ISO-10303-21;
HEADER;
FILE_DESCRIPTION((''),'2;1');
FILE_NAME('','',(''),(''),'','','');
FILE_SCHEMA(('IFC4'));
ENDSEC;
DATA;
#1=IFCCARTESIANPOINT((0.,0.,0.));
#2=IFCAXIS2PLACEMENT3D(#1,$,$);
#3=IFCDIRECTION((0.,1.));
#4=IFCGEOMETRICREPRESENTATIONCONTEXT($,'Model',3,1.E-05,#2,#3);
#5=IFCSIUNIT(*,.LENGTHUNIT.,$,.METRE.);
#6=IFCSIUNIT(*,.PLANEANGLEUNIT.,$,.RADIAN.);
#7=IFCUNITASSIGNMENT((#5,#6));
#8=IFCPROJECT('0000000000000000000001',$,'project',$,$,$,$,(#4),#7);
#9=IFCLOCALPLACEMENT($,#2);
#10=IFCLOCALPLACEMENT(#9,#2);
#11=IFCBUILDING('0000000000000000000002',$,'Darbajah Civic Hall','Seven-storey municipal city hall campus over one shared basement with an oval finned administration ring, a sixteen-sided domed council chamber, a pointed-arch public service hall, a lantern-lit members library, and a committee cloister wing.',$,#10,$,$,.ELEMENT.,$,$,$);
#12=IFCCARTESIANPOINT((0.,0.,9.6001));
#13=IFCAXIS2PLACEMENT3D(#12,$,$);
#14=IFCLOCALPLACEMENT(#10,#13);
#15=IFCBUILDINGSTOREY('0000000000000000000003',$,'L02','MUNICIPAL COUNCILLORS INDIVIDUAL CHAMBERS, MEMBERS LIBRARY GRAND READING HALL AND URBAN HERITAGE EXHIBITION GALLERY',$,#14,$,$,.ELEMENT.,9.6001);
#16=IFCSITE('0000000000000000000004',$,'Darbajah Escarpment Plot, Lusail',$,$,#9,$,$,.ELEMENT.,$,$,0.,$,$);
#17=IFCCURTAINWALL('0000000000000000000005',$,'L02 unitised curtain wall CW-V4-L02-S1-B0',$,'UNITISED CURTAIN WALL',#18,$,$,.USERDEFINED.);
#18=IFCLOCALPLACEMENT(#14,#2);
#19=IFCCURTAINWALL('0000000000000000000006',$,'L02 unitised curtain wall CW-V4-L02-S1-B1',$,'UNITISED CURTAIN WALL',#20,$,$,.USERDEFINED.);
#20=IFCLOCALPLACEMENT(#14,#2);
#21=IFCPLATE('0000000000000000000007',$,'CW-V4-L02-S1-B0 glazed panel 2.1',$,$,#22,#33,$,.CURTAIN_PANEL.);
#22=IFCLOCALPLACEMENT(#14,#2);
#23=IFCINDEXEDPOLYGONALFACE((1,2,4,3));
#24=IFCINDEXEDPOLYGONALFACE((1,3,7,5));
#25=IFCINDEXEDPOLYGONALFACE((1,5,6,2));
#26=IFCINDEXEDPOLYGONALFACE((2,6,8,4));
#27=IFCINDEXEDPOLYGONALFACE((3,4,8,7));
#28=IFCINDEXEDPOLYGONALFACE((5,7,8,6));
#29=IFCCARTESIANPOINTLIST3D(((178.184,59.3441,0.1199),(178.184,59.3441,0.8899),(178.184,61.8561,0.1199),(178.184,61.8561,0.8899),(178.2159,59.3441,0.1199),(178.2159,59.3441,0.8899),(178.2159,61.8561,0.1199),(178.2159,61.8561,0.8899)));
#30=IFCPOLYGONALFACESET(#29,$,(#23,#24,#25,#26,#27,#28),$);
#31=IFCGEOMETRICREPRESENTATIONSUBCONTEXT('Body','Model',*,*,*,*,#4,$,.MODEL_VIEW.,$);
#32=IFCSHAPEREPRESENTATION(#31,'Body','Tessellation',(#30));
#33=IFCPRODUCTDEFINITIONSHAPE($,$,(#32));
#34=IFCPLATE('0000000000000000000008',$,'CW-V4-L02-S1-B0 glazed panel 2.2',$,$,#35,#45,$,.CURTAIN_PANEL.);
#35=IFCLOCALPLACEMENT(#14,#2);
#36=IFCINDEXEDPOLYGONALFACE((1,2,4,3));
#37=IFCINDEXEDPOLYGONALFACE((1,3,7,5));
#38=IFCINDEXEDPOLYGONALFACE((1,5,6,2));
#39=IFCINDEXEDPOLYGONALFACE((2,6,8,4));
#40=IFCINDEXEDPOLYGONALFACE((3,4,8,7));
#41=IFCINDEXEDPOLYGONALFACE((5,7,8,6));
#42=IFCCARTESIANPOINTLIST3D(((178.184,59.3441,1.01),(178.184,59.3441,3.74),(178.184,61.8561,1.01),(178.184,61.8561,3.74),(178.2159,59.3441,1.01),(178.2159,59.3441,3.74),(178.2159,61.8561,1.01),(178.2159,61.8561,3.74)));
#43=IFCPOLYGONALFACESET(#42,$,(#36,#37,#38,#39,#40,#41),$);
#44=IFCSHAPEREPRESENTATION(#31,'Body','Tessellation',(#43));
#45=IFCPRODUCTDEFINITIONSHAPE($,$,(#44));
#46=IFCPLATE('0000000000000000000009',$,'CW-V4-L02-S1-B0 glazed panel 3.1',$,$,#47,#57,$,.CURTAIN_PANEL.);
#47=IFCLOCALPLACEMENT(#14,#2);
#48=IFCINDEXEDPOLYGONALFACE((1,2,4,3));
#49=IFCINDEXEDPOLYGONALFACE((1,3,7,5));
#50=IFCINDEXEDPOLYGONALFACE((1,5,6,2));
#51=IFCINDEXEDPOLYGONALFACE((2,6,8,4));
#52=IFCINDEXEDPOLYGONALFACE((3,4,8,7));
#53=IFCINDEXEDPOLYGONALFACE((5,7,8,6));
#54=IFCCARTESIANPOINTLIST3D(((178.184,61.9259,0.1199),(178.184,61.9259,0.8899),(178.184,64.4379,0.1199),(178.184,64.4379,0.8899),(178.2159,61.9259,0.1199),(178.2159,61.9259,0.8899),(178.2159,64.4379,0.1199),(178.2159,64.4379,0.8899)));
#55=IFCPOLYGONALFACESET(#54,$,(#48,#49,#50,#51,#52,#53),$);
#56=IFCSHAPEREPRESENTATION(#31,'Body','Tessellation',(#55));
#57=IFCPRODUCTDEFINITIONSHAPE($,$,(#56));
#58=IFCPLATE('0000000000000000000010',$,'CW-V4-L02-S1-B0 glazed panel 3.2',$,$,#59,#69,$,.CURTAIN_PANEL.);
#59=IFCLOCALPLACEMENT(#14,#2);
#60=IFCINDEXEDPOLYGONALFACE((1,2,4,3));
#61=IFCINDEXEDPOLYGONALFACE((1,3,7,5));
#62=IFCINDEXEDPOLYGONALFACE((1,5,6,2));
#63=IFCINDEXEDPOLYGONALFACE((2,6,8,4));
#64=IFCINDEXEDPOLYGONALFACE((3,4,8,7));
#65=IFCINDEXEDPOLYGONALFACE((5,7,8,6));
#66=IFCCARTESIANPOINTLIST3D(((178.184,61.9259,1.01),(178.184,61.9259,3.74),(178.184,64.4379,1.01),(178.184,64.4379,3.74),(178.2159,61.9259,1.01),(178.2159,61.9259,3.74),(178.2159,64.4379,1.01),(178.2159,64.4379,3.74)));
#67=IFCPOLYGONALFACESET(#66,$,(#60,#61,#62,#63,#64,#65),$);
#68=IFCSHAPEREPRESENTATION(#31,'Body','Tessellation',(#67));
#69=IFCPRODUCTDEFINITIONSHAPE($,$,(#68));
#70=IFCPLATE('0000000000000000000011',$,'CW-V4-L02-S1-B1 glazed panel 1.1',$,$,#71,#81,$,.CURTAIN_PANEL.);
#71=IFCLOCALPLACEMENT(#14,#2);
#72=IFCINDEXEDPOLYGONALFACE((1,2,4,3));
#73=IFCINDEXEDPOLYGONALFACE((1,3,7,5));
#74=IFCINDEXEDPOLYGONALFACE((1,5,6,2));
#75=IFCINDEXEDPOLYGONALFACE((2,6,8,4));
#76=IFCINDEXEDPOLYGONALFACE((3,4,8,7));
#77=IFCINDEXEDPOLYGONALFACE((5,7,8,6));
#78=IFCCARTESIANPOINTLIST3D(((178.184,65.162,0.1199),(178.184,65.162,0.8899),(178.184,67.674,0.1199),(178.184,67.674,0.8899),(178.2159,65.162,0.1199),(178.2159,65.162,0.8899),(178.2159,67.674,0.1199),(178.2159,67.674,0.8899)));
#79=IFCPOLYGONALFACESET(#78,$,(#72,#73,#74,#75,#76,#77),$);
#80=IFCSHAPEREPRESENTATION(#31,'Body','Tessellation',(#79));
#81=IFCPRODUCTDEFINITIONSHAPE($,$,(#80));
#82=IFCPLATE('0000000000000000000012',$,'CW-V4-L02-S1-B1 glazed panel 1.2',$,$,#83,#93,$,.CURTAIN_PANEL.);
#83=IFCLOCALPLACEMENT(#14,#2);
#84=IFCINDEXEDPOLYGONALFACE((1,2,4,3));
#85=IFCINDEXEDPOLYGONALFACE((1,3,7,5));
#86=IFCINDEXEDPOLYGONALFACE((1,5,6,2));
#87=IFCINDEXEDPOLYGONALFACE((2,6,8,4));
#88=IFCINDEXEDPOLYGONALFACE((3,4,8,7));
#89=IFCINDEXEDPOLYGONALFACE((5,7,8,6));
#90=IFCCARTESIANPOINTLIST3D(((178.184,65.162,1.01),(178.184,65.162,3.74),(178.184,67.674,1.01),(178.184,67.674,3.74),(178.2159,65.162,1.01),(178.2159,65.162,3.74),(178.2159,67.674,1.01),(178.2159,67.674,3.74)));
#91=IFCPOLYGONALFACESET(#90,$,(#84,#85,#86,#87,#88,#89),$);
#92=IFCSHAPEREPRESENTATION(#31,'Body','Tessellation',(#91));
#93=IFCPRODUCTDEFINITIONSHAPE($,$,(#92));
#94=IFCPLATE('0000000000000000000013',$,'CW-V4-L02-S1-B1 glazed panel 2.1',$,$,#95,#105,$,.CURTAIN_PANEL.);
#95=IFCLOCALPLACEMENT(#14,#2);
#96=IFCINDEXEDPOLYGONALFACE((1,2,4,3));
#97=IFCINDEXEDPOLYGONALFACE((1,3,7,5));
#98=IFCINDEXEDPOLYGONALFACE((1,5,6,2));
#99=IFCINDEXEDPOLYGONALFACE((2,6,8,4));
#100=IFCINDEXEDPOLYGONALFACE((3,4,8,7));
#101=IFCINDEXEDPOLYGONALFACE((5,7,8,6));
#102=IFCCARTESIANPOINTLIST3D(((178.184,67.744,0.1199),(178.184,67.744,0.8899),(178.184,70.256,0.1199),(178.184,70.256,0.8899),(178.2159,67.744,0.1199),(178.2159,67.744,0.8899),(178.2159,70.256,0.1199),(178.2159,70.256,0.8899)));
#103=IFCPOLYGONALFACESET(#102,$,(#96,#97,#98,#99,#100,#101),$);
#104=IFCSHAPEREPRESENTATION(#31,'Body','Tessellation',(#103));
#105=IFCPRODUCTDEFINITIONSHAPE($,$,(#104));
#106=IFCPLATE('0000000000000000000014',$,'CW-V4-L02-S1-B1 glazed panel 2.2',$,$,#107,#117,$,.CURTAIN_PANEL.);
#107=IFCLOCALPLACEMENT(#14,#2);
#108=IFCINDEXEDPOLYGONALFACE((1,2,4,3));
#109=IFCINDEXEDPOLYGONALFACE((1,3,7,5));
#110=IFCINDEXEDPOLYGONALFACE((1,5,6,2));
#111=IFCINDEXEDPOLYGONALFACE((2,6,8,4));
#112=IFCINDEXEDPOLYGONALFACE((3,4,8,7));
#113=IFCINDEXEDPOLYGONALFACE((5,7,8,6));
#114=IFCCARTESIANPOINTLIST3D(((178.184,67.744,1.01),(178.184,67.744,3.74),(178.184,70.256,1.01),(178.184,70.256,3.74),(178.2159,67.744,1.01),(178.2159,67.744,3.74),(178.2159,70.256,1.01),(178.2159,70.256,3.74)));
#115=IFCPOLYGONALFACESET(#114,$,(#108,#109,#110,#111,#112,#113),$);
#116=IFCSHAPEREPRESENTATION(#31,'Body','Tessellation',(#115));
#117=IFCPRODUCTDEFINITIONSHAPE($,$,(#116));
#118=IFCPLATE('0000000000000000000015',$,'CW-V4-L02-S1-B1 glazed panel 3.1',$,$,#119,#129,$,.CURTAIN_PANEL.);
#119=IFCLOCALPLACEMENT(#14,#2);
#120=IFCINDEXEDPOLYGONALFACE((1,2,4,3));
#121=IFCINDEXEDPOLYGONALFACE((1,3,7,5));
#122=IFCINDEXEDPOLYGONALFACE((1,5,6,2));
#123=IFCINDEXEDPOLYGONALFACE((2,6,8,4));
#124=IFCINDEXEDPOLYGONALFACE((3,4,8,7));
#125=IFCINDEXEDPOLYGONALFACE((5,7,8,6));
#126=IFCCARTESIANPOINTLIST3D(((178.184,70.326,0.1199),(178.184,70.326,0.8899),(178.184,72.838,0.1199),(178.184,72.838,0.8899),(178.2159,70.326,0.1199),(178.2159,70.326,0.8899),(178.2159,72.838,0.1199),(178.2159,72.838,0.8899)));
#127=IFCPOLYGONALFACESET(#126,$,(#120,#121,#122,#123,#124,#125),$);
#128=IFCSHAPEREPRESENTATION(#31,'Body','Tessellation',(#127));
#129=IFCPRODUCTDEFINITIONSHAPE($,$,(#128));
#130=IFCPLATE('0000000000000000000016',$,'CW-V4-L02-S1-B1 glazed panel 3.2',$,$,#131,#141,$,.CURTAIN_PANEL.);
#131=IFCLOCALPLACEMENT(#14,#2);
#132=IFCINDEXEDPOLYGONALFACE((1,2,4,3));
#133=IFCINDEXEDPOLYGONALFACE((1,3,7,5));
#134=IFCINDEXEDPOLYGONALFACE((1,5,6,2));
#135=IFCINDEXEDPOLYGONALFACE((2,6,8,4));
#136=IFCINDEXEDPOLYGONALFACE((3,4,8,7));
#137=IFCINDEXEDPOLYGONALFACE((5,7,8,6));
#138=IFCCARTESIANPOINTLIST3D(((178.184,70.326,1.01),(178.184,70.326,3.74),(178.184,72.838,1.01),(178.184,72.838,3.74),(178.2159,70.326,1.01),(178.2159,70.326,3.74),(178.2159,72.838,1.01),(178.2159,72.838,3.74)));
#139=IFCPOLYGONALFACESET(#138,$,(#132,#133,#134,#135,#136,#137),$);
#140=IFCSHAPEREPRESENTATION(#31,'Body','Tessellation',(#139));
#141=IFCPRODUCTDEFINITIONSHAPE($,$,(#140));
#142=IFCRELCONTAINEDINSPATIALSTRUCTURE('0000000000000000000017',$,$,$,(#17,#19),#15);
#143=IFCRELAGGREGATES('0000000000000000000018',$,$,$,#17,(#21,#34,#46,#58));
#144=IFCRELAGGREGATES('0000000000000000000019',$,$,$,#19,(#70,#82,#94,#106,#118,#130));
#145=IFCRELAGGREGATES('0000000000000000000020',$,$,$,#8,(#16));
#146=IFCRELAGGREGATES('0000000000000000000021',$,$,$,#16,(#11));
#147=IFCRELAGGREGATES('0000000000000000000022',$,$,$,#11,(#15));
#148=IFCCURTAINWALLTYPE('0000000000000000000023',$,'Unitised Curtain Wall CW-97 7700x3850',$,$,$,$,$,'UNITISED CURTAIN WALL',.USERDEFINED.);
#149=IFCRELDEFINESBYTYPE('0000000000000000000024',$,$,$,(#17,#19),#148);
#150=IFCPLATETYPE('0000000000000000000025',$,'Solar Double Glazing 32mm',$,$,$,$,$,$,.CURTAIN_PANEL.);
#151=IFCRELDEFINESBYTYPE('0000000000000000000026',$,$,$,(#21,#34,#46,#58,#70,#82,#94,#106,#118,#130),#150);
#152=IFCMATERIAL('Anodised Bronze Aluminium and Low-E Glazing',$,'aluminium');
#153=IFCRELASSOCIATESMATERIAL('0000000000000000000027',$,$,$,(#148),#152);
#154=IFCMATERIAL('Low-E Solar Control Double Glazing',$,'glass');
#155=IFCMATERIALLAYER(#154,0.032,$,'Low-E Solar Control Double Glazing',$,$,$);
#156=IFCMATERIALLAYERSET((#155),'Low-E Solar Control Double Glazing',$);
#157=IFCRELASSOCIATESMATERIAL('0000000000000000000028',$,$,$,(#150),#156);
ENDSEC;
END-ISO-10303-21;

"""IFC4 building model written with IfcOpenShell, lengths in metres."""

from ifc_helpers import new_model, si_unit, direction, frame, origin, origin_2d, place, context, subcontext, project, spatial, rectangle, extrude, material, layer, layer_set, type_object, element, aggregate, save


model = new_model("IFC4")

# Units and contexts
model_context = context("Model", 3, precision=1e-05, world=origin(), true_north=direction((0.0, 1.0)))
body_context = subcontext(model_context, "Body", "Model", "MODEL_VIEW")
ifc_project = project(units=[si_unit("LENGTHUNIT", "METRE"), si_unit("PLANEANGLEUNIT", "RADIAN")], contexts=[model_context])

# Site, building, storey
site_placement = place(None, origin())
site = spatial("IfcSite", under=ifc_project, at=site_placement, Name="Darbajah Escarpment Plot, Lusail", CompositionType="ELEMENT", RefElevation=0.0)
building_placement = place(site_placement, origin())
building = spatial("IfcBuilding", under=site, at=building_placement, Name="Darbajah Civic Hall", Description="Seven-storey municipal city hall campus over one shared basement with an oval finned administration ring, a sixteen-sided domed council chamber, a pointed-arch public service hall, a lantern-lit members library, and a committee cloister wing.", CompositionType="ELEMENT")
storey_placement = place(building_placement, frame((0.0, 0.0, 9.6001)))
storey = spatial("IfcBuildingStorey", under=building, at=storey_placement, Name="L02", Description="MUNICIPAL COUNCILLORS INDIVIDUAL CHAMBERS, MEMBERS LIBRARY GRAND READING HALL AND URBAN HERITAGE EXHIBITION GALLERY", CompositionType="ELEMENT", Elevation=9.6001)

# Curtain walls
ifc_material_1 = material(Name="Anodised Bronze Aluminium and Low-E Glazing", Category="aluminium")
curtain_wall_type = type_object("IfcCurtainWallType", Name="Unitised Curtain Wall CW-97 7700x3850", ElementType="UNITISED CURTAIN WALL", PredefinedType="USERDEFINED", material=ifc_material_1)
curtain_wall_1_placement = place(storey_placement, origin())
curtain_wall_1 = element("IfcCurtainWall", 1, at=curtain_wall_1_placement, inside=storey, type_object=curtain_wall_type, Name="L02 unitised curtain wall CW-V4-L02-S1-B0", ObjectType="UNITISED CURTAIN WALL", PredefinedType="USERDEFINED")
curtain_wall_2_placement = place(storey_placement, origin())
curtain_wall_2 = element("IfcCurtainWall", 2, at=curtain_wall_2_placement, inside=storey, type_object=curtain_wall_type, Name="L02 unitised curtain wall CW-V4-L02-S1-B1", ObjectType="UNITISED CURTAIN WALL", PredefinedType="USERDEFINED")

# Plates
ifc_material_2 = material(Name="Low-E Solar Control Double Glazing", Category="glass")
ifc_layer = layer(ifc_material_2, 0.032, Name="Low-E Solar Control Double Glazing")
ifc_layer_set = layer_set([ifc_layer], Name="Low-E Solar Control Double Glazing")
plate_type = type_object("IfcPlateType", Name="Solar Double Glazing 32mm", PredefinedType="CURTAIN_PANEL", material=ifc_layer_set)
plate_1_placement = place(storey_placement, frame((178.2, 60.6001, 0.1199), z_axis=(0.0, 0.0, 1.0), x_axis=(0.0, 1.0, 0.0)))
plate_1 = element("IfcPlate", 3, at=plate_1_placement, type_object=plate_type, Name="CW-V4-L02-S1-B0 glazed panel 2.1", PredefinedType="CURTAIN_PANEL", context=body_context, shape_type="SweptSolid", body=[
    extrude(rectangle(XDim=2.512, YDim=0.032, at=origin_2d()), origin(), (0.0, 0.0, 1.0), 0.77),
])
plate_2_placement = place(storey_placement, frame((178.2, 60.6001, 1.01), z_axis=(0.0, 0.0, 1.0), x_axis=(0.0, 1.0, 0.0)))
plate_2 = element("IfcPlate", 4, at=plate_2_placement, type_object=plate_type, Name="CW-V4-L02-S1-B0 glazed panel 2.2", PredefinedType="CURTAIN_PANEL", context=body_context, shape_type="SweptSolid", body=[
    extrude(rectangle(XDim=2.512, YDim=0.032, at=origin_2d()), origin(), (0.0, 0.0, 1.0), 2.73),
])
plate_3_placement = place(storey_placement, frame((178.2, 63.1819, 0.1199), z_axis=(0.0, 0.0, 1.0), x_axis=(0.0, 1.0, 0.0)))
plate_3 = element("IfcPlate", 5, at=plate_3_placement, type_object=plate_type, Name="CW-V4-L02-S1-B0 glazed panel 3.1", PredefinedType="CURTAIN_PANEL", context=body_context, shape_type="SweptSolid", body=[
    extrude(rectangle(XDim=2.512, YDim=0.032, at=origin_2d()), origin(), (0.0, 0.0, 1.0), 0.77),
])
plate_4_placement = place(storey_placement, frame((178.2, 63.1819, 1.01), z_axis=(0.0, 0.0, 1.0), x_axis=(0.0, 1.0, 0.0)))
plate_4 = element("IfcPlate", 6, at=plate_4_placement, type_object=plate_type, Name="CW-V4-L02-S1-B0 glazed panel 3.2", PredefinedType="CURTAIN_PANEL", context=body_context, shape_type="SweptSolid", body=[
    extrude(rectangle(XDim=2.512, YDim=0.032, at=origin_2d()), origin(), (0.0, 0.0, 1.0), 2.73),
])
aggregate(curtain_wall_1, [plate_1, plate_2, plate_3, plate_4])
plate_5_placement = place(storey_placement, frame((178.2, 66.418, 0.1199), z_axis=(0.0, 0.0, 1.0), x_axis=(0.0, 1.0, 0.0)))
plate_5 = element("IfcPlate", 7, at=plate_5_placement, type_object=plate_type, Name="CW-V4-L02-S1-B1 glazed panel 1.1", PredefinedType="CURTAIN_PANEL", context=body_context, shape_type="SweptSolid", body=[
    extrude(rectangle(XDim=2.512, YDim=0.032, at=origin_2d()), origin(), (0.0, 0.0, 1.0), 0.77),
])
plate_6_placement = place(storey_placement, frame((178.2, 66.418, 1.01), z_axis=(0.0, 0.0, 1.0), x_axis=(0.0, 1.0, 0.0)))
plate_6 = element("IfcPlate", 8, at=plate_6_placement, type_object=plate_type, Name="CW-V4-L02-S1-B1 glazed panel 1.2", PredefinedType="CURTAIN_PANEL", context=body_context, shape_type="SweptSolid", body=[
    extrude(rectangle(XDim=2.512, YDim=0.032, at=origin_2d()), origin(), (0.0, 0.0, 1.0), 2.73),
])
plate_7_placement = place(storey_placement, frame((178.2, 69.0, 0.1199), z_axis=(0.0, 0.0, 1.0), x_axis=(0.0, 1.0, 0.0)))
plate_7 = element("IfcPlate", 9, at=plate_7_placement, type_object=plate_type, Name="CW-V4-L02-S1-B1 glazed panel 2.1", PredefinedType="CURTAIN_PANEL", context=body_context, shape_type="SweptSolid", body=[
    extrude(rectangle(XDim=2.512, YDim=0.032, at=origin_2d()), origin(), (0.0, 0.0, 1.0), 0.77),
])
plate_8_placement = place(storey_placement, frame((178.2, 69.0, 1.01), z_axis=(0.0, 0.0, 1.0), x_axis=(0.0, 1.0, 0.0)))
plate_8 = element("IfcPlate", 10, at=plate_8_placement, type_object=plate_type, Name="CW-V4-L02-S1-B1 glazed panel 2.2", PredefinedType="CURTAIN_PANEL", context=body_context, shape_type="SweptSolid", body=[
    extrude(rectangle(XDim=2.512, YDim=0.032, at=origin_2d()), origin(), (0.0, 0.0, 1.0), 2.73),
])
plate_9_placement = place(storey_placement, frame((178.2, 71.582, 0.1199), z_axis=(0.0, 0.0, 1.0), x_axis=(0.0, 1.0, 0.0)))
plate_9 = element("IfcPlate", 11, at=plate_9_placement, type_object=plate_type, Name="CW-V4-L02-S1-B1 glazed panel 3.1", PredefinedType="CURTAIN_PANEL", context=body_context, shape_type="SweptSolid", body=[
    extrude(rectangle(XDim=2.512, YDim=0.032, at=origin_2d()), origin(), (0.0, 0.0, 1.0), 0.77),
])
plate_10_placement = place(storey_placement, frame((178.2, 71.582, 1.01), z_axis=(0.0, 0.0, 1.0), x_axis=(0.0, 1.0, 0.0)))
plate_10 = element("IfcPlate", 12, at=plate_10_placement, type_object=plate_type, Name="CW-V4-L02-S1-B1 glazed panel 3.2", PredefinedType="CURTAIN_PANEL", context=body_context, shape_type="SweptSolid", body=[
    extrude(rectangle(XDim=2.512, YDim=0.032, at=origin_2d()), origin(), (0.0, 0.0, 1.0), 2.73),
])
aggregate(curtain_wall_2, [plate_5, plate_6, plate_7, plate_8, plate_9, plate_10])

save(model, "model.ifc")
